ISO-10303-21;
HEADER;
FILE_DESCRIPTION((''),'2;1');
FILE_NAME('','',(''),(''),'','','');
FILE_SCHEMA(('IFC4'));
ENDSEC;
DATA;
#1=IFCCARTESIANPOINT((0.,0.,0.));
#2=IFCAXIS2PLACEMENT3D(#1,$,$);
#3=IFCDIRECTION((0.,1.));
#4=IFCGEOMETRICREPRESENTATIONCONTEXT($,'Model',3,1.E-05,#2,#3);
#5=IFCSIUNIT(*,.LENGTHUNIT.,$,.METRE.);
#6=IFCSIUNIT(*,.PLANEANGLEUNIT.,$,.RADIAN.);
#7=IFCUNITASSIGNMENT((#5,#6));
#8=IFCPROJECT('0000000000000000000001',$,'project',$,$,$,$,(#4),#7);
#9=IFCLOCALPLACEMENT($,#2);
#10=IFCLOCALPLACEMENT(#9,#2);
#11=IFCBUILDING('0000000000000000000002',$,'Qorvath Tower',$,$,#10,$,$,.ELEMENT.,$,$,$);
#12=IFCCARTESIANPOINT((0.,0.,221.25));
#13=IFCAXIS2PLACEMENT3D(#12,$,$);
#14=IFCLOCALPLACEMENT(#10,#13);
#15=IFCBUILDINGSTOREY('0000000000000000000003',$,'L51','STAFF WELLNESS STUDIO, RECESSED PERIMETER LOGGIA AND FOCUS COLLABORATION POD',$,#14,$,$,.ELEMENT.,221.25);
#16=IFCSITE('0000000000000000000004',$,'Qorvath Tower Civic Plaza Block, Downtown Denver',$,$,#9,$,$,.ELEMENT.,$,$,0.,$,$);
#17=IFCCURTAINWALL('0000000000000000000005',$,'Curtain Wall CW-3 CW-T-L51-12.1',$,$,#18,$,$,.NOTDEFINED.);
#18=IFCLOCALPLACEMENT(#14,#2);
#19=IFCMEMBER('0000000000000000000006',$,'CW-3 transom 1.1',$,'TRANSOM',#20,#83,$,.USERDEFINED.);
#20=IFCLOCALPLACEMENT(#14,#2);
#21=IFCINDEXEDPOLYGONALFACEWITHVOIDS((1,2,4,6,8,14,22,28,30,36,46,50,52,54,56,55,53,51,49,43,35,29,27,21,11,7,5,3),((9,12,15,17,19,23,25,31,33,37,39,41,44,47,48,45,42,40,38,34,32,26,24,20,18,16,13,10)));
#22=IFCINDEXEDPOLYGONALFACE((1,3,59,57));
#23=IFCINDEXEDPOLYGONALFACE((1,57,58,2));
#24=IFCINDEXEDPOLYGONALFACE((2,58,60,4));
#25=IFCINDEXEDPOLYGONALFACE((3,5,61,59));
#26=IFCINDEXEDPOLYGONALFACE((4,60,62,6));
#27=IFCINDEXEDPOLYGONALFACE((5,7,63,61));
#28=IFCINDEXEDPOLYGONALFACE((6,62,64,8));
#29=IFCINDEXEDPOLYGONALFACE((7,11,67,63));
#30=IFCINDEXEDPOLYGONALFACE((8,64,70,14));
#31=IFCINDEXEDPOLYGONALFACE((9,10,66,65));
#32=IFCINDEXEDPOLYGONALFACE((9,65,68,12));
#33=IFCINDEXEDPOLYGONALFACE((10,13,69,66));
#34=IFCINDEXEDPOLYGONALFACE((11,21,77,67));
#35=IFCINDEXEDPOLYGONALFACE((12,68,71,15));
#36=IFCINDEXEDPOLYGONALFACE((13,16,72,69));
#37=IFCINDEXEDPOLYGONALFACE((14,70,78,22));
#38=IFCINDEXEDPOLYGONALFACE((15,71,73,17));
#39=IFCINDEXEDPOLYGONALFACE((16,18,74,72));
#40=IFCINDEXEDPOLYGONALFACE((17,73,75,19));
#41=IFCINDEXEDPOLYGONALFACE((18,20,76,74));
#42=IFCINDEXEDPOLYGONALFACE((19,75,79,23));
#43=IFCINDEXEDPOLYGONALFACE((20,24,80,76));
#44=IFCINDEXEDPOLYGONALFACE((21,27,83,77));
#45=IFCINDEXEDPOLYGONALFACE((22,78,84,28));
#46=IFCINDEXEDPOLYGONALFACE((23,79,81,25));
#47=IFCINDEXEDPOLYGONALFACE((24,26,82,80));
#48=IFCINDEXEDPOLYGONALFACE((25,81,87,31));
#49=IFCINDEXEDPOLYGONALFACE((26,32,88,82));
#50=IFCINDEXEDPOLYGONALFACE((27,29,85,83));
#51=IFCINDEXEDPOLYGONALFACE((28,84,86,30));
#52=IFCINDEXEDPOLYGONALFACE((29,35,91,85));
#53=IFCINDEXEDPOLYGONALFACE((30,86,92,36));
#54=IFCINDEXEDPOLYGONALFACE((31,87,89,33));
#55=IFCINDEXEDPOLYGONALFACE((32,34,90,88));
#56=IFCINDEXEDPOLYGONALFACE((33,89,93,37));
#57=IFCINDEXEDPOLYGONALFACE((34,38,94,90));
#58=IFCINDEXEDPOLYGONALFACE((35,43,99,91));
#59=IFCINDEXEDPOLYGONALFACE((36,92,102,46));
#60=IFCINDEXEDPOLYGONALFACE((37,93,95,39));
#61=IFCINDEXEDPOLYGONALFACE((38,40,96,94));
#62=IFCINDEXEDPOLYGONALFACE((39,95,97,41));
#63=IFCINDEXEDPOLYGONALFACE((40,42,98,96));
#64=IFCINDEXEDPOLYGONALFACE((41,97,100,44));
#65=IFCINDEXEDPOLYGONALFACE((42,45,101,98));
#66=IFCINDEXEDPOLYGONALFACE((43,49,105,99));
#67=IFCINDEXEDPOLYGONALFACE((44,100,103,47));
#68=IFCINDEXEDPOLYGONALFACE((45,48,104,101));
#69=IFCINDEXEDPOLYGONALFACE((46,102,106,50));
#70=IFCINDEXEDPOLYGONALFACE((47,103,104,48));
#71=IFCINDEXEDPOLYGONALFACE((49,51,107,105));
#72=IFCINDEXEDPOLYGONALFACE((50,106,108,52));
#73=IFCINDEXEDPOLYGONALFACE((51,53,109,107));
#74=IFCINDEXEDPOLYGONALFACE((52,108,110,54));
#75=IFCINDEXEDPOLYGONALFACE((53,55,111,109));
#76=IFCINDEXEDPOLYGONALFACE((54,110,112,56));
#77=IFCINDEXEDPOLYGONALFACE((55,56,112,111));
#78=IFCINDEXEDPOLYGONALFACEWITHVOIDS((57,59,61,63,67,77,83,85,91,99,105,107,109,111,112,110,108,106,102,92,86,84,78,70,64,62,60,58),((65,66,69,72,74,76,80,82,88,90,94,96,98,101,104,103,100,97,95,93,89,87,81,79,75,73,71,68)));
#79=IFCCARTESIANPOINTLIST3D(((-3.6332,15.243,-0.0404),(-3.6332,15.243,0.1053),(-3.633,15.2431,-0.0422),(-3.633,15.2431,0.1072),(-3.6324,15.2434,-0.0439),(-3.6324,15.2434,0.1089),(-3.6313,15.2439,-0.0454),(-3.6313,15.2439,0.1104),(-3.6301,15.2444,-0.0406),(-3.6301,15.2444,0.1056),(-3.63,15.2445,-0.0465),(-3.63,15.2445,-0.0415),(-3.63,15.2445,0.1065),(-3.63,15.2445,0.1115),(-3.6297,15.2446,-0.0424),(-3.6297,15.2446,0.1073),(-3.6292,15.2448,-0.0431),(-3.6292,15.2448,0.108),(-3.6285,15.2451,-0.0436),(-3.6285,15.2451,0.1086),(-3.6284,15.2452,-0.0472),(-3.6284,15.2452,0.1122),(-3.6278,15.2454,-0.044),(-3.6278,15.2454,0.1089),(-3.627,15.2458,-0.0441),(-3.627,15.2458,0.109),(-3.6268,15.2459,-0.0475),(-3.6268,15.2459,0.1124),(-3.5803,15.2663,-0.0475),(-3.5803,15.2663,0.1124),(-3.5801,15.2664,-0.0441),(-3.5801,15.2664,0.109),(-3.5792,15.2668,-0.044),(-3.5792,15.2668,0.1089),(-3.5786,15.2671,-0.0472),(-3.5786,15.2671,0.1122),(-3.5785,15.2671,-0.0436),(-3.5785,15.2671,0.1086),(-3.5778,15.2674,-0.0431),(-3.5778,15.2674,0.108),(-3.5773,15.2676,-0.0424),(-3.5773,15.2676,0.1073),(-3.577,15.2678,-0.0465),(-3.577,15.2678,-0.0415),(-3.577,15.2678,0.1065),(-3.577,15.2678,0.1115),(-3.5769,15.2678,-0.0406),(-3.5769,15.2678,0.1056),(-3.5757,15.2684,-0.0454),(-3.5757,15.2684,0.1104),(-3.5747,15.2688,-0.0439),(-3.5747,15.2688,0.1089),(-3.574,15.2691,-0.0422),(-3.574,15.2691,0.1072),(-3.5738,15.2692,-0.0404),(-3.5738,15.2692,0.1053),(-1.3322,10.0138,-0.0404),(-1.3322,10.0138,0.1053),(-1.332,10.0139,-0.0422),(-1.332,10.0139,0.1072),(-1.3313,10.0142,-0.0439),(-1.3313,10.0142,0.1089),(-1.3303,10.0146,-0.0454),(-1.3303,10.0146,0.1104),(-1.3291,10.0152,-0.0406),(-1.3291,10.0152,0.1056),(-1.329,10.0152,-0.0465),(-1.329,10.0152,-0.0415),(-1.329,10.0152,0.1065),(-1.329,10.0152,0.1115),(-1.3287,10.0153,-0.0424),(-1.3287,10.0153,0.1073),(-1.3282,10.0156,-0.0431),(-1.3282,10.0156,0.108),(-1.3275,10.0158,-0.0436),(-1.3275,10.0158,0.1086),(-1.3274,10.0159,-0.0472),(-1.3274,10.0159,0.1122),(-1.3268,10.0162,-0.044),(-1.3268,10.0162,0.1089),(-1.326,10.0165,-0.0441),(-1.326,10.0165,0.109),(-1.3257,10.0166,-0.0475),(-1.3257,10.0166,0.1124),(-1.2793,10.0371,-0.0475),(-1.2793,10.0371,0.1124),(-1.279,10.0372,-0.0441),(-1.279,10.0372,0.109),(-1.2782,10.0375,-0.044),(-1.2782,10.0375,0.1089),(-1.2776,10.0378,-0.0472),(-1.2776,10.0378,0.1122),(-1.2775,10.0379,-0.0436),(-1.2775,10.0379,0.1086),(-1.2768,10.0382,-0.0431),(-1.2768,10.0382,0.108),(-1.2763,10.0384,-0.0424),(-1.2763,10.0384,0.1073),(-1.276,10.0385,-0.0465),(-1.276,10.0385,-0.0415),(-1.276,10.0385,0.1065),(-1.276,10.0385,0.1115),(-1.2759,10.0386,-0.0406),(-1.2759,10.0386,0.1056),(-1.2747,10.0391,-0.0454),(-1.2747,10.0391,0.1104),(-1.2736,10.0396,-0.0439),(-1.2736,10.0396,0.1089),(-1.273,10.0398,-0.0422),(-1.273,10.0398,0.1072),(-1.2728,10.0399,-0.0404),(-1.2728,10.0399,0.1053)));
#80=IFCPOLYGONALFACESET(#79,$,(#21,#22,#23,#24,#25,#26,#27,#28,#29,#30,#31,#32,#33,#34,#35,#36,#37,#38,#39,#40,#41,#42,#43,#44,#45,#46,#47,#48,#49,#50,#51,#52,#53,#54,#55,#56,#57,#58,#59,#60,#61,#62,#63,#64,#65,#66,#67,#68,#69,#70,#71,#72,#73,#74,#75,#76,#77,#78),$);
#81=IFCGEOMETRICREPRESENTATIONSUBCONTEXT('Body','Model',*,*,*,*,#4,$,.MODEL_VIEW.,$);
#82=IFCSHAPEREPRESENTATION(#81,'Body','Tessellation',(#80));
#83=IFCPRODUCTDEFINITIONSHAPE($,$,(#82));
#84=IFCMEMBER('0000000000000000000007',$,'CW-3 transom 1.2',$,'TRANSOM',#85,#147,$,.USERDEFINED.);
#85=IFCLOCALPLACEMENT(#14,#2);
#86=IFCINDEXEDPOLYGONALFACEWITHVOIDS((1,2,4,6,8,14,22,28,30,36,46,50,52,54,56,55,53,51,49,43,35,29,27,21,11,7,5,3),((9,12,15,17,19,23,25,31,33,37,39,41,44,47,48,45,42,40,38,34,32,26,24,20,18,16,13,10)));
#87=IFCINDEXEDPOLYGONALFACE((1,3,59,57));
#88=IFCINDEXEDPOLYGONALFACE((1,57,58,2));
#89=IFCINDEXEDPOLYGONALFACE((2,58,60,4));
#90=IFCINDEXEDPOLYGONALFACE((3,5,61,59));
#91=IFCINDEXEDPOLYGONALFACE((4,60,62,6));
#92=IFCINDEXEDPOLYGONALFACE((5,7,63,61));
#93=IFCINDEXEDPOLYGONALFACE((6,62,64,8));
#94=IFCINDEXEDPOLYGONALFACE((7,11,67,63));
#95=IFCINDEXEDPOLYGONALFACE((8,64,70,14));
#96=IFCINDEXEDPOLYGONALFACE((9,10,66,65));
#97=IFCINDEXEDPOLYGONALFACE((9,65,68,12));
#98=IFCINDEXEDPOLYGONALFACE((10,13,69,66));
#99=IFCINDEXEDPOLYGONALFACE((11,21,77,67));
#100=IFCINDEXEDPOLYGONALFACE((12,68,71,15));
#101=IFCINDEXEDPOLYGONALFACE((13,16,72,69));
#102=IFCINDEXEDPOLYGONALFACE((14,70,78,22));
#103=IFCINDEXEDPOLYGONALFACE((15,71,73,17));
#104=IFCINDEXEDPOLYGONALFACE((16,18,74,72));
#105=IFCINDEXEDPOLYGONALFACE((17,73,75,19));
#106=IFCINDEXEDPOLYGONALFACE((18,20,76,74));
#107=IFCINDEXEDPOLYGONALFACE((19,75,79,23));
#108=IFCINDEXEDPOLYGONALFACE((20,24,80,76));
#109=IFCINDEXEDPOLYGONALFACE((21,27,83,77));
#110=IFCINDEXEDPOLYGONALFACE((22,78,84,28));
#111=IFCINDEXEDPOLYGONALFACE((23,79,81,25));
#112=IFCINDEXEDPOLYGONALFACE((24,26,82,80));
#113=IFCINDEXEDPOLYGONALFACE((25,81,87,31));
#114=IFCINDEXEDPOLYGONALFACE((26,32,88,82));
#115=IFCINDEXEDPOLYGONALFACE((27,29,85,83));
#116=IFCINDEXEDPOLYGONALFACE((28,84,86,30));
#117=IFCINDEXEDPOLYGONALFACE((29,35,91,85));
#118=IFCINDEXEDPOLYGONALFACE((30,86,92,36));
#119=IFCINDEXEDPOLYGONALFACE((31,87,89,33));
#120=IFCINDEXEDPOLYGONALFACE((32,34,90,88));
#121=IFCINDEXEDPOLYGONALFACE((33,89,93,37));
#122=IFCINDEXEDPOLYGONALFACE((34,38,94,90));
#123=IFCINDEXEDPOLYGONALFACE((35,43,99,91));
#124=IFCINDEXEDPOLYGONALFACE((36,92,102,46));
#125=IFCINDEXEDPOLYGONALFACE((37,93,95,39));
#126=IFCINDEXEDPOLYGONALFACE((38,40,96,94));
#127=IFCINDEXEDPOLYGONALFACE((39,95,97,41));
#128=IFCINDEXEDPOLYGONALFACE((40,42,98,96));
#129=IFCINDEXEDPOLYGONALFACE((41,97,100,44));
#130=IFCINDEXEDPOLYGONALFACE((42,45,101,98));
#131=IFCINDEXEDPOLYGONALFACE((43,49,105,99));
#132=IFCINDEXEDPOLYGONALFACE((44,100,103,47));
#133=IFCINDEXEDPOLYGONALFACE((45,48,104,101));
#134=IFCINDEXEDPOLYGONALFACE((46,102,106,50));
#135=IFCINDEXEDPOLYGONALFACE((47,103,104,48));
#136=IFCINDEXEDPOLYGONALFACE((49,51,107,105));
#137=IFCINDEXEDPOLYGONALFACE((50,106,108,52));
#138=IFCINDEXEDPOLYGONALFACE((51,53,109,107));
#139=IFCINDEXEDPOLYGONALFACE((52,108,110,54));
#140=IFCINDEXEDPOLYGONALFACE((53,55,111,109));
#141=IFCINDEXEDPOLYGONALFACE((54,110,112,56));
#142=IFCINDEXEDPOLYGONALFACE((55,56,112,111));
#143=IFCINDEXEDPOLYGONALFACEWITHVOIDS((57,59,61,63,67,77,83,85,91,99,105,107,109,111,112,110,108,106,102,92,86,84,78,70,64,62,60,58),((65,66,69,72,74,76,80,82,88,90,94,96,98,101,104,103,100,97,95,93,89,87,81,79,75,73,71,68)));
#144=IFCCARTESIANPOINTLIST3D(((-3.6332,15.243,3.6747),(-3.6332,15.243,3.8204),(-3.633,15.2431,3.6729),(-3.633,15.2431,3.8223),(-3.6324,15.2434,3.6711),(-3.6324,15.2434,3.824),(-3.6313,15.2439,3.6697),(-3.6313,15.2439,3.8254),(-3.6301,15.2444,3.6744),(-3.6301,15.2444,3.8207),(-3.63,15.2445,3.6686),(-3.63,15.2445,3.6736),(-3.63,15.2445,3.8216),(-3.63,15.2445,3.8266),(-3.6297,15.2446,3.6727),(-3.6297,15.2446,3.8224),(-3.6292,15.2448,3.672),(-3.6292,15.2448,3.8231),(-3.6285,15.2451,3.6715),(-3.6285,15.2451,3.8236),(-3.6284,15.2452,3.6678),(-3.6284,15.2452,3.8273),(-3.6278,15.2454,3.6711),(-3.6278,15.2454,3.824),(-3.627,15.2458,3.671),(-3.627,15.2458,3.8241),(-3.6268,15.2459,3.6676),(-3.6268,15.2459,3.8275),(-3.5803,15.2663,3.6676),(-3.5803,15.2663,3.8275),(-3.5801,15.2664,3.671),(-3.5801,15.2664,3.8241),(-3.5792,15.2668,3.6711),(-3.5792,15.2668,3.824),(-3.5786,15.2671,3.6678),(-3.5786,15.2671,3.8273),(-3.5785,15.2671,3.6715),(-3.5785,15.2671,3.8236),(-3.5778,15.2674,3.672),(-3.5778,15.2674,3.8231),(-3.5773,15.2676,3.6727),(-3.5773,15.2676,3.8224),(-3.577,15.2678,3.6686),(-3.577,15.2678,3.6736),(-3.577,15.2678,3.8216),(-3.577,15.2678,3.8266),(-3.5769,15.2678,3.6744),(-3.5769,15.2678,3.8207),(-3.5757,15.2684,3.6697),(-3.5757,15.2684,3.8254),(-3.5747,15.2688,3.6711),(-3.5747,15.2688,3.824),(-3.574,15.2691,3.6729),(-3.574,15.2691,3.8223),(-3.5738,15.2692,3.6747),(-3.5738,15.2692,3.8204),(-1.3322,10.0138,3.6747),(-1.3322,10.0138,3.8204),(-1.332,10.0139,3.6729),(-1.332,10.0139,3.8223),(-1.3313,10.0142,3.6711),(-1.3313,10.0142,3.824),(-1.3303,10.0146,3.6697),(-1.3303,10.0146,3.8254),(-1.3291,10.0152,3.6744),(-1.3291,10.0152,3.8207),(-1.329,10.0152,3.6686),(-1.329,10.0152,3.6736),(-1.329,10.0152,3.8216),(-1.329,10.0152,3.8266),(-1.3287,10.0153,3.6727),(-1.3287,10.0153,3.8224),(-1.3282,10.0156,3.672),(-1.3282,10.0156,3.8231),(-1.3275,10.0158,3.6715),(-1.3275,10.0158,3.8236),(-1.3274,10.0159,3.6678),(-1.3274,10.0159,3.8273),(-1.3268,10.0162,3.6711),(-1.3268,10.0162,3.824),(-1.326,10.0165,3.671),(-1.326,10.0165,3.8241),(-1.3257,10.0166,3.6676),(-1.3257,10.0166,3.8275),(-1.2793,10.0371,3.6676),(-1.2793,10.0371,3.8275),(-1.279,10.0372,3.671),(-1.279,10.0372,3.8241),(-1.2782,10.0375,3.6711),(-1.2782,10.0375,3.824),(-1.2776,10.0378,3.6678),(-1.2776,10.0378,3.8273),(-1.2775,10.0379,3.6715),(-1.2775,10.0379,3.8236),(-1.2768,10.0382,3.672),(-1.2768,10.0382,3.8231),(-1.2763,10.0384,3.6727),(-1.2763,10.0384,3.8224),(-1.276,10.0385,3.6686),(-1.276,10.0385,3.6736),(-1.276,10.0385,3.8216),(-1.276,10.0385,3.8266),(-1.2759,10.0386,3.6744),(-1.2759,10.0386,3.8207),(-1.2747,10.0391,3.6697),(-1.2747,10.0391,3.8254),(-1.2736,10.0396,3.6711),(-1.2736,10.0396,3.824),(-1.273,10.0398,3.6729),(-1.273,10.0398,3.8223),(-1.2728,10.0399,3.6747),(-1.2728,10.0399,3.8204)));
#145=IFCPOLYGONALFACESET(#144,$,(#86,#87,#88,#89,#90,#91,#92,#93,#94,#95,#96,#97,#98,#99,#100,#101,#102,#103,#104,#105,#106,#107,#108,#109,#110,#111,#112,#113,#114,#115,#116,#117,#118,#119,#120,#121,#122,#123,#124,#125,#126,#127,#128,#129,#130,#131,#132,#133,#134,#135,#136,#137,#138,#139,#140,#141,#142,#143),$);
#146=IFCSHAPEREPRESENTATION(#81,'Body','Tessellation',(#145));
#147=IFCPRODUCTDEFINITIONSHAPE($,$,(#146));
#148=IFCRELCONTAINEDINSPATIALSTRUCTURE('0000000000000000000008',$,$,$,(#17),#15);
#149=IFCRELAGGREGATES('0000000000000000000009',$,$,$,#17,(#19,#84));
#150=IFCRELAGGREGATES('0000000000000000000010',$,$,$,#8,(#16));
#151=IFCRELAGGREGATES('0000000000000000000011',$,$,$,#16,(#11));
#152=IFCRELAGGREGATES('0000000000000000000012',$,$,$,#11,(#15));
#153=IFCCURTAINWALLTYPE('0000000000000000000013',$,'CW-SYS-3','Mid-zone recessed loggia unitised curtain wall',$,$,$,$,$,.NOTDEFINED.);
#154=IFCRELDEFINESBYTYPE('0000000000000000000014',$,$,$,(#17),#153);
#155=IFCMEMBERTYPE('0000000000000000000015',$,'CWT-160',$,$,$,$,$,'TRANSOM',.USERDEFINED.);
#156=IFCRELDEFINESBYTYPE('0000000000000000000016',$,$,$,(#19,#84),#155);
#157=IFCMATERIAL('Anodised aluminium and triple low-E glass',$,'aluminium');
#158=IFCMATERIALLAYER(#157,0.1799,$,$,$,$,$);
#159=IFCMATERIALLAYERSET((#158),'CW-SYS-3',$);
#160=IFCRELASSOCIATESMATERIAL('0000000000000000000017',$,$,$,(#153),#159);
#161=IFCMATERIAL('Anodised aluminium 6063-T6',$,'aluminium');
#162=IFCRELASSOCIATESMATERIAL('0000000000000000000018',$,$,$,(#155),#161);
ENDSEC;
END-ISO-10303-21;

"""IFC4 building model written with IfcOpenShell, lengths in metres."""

from ifc_helpers import new_model, si_unit, direction, frame, origin, origin_2d, place, context, subcontext, project, spatial, hollow_rectangle, extrude, material, layer, layer_set, material_profile, profile_set, type_object, element, aggregate, save


model = new_model("IFC4")

# Units and contexts
model_context = context("Model", 3, precision=1e-05, world=origin(), true_north=direction((0.0, 1.0)))
body_context = subcontext(model_context, "Body", "Model", "MODEL_VIEW")
ifc_project = project(units=[si_unit("LENGTHUNIT", "METRE"), si_unit("PLANEANGLEUNIT", "RADIAN")], contexts=[model_context])

# Site, building, storey
site_placement = place(None, origin())
site = spatial("IfcSite", under=ifc_project, at=site_placement, Name="Qorvath Tower Civic Plaza Block, Downtown Denver", CompositionType="ELEMENT", RefElevation=0.0)
building_placement = place(site_placement, origin())
building = spatial("IfcBuilding", under=site, at=building_placement, Name="Qorvath Tower", CompositionType="ELEMENT")
storey_placement = place(building_placement, frame((0.0, 0.0, 221.25)))
storey = spatial("IfcBuildingStorey", under=building, at=storey_placement, Name="L51", Description="STAFF WELLNESS STUDIO, RECESSED PERIMETER LOGGIA AND FOCUS COLLABORATION POD", CompositionType="ELEMENT", Elevation=221.25)

# Shared definitions
ifc_material_1 = material(Name="Anodised aluminium and triple low-E glass", Category="aluminium")
ifc_layer_1 = layer(ifc_material_1, 0.1799)
ifc_layer_set_1 = layer_set([ifc_layer_1], Name="CW-SYS-3")
curtain_wall_type = type_object("IfcCurtainWallType", Name="CW-SYS-3", Description="Mid-zone recessed loggia unitised curtain wall", PredefinedType="NOTDEFINED", material=ifc_layer_set_1)

# Curtain wall
curtain_wall_1_placement = place(storey_placement, origin())
curtain_wall_1 = element("IfcCurtainWall", 1, at=curtain_wall_1_placement, inside=storey, type_object=curtain_wall_type, Name="Curtain Wall CW-3 CW-T-L51-12.1", PredefinedType="NOTDEFINED")

# Members
ifc_material_2 = material(Name="Anodised aluminium 6063-T6", Category="aluminium")
ifc_material_profile_1 = material_profile(ifc_material_2, hollow_rectangle(XDim=0.0649, YDim=0.1599, WallThickness=0.0034, InnerFilletRadius=0.0034, OuterFilletRadius=0.0071, at=origin_2d()), Name="CWT 160x65")
ifc_profile_set_1 = profile_set([ifc_material_profile_1], Name="Anodised aluminium 6063-T6")
member_type_1 = type_object("IfcMemberType", Name="CWT-160", ElementType="TRANSOM", PredefinedType="USERDEFINED", material=ifc_profile_set_1)
member_1_placement = place(storey_placement, frame((-1.3025, 10.0269, 0.0325), z_axis=(-0.402762, 0.915305, 0.0), x_axis=(-0.915305, -0.402762, 0.0)))
member_1 = element("IfcMember", 2, at=member_1_placement, type_object=member_type_1, Name="CW-3 transom 1.1", ObjectType="TRANSOM", PredefinedType="USERDEFINED", context=body_context, shape_type="SweptSolid", body=[
    extrude(hollow_rectangle(XDim=0.0649, YDim=0.1599, WallThickness=0.0034, InnerFilletRadius=0.0034, OuterFilletRadius=0.0071, at=origin_2d()), origin(), (0.0, 0.0, 1.0), 5.7131),
])
member_2_placement = place(storey_placement, frame((-1.3025, 10.0269, 3.7476), z_axis=(-0.402762, 0.915305, 0.0), x_axis=(-0.915305, -0.402762, 0.0)))
member_2 = element("IfcMember", 3, at=member_2_placement, type_object=member_type_1, Name="CW-3 transom 1.2", ObjectType="TRANSOM", PredefinedType="USERDEFINED", context=body_context, shape_type="SweptSolid", body=[
    extrude(hollow_rectangle(XDim=0.0649, YDim=0.1599, WallThickness=0.0034, InnerFilletRadius=0.0034, OuterFilletRadius=0.0071, at=origin_2d()), origin(), (0.0, 0.0, 1.0), 5.7131),
])

aggregate(curtain_wall_1, [member_1, member_2])

save(model, "model.ifc")
